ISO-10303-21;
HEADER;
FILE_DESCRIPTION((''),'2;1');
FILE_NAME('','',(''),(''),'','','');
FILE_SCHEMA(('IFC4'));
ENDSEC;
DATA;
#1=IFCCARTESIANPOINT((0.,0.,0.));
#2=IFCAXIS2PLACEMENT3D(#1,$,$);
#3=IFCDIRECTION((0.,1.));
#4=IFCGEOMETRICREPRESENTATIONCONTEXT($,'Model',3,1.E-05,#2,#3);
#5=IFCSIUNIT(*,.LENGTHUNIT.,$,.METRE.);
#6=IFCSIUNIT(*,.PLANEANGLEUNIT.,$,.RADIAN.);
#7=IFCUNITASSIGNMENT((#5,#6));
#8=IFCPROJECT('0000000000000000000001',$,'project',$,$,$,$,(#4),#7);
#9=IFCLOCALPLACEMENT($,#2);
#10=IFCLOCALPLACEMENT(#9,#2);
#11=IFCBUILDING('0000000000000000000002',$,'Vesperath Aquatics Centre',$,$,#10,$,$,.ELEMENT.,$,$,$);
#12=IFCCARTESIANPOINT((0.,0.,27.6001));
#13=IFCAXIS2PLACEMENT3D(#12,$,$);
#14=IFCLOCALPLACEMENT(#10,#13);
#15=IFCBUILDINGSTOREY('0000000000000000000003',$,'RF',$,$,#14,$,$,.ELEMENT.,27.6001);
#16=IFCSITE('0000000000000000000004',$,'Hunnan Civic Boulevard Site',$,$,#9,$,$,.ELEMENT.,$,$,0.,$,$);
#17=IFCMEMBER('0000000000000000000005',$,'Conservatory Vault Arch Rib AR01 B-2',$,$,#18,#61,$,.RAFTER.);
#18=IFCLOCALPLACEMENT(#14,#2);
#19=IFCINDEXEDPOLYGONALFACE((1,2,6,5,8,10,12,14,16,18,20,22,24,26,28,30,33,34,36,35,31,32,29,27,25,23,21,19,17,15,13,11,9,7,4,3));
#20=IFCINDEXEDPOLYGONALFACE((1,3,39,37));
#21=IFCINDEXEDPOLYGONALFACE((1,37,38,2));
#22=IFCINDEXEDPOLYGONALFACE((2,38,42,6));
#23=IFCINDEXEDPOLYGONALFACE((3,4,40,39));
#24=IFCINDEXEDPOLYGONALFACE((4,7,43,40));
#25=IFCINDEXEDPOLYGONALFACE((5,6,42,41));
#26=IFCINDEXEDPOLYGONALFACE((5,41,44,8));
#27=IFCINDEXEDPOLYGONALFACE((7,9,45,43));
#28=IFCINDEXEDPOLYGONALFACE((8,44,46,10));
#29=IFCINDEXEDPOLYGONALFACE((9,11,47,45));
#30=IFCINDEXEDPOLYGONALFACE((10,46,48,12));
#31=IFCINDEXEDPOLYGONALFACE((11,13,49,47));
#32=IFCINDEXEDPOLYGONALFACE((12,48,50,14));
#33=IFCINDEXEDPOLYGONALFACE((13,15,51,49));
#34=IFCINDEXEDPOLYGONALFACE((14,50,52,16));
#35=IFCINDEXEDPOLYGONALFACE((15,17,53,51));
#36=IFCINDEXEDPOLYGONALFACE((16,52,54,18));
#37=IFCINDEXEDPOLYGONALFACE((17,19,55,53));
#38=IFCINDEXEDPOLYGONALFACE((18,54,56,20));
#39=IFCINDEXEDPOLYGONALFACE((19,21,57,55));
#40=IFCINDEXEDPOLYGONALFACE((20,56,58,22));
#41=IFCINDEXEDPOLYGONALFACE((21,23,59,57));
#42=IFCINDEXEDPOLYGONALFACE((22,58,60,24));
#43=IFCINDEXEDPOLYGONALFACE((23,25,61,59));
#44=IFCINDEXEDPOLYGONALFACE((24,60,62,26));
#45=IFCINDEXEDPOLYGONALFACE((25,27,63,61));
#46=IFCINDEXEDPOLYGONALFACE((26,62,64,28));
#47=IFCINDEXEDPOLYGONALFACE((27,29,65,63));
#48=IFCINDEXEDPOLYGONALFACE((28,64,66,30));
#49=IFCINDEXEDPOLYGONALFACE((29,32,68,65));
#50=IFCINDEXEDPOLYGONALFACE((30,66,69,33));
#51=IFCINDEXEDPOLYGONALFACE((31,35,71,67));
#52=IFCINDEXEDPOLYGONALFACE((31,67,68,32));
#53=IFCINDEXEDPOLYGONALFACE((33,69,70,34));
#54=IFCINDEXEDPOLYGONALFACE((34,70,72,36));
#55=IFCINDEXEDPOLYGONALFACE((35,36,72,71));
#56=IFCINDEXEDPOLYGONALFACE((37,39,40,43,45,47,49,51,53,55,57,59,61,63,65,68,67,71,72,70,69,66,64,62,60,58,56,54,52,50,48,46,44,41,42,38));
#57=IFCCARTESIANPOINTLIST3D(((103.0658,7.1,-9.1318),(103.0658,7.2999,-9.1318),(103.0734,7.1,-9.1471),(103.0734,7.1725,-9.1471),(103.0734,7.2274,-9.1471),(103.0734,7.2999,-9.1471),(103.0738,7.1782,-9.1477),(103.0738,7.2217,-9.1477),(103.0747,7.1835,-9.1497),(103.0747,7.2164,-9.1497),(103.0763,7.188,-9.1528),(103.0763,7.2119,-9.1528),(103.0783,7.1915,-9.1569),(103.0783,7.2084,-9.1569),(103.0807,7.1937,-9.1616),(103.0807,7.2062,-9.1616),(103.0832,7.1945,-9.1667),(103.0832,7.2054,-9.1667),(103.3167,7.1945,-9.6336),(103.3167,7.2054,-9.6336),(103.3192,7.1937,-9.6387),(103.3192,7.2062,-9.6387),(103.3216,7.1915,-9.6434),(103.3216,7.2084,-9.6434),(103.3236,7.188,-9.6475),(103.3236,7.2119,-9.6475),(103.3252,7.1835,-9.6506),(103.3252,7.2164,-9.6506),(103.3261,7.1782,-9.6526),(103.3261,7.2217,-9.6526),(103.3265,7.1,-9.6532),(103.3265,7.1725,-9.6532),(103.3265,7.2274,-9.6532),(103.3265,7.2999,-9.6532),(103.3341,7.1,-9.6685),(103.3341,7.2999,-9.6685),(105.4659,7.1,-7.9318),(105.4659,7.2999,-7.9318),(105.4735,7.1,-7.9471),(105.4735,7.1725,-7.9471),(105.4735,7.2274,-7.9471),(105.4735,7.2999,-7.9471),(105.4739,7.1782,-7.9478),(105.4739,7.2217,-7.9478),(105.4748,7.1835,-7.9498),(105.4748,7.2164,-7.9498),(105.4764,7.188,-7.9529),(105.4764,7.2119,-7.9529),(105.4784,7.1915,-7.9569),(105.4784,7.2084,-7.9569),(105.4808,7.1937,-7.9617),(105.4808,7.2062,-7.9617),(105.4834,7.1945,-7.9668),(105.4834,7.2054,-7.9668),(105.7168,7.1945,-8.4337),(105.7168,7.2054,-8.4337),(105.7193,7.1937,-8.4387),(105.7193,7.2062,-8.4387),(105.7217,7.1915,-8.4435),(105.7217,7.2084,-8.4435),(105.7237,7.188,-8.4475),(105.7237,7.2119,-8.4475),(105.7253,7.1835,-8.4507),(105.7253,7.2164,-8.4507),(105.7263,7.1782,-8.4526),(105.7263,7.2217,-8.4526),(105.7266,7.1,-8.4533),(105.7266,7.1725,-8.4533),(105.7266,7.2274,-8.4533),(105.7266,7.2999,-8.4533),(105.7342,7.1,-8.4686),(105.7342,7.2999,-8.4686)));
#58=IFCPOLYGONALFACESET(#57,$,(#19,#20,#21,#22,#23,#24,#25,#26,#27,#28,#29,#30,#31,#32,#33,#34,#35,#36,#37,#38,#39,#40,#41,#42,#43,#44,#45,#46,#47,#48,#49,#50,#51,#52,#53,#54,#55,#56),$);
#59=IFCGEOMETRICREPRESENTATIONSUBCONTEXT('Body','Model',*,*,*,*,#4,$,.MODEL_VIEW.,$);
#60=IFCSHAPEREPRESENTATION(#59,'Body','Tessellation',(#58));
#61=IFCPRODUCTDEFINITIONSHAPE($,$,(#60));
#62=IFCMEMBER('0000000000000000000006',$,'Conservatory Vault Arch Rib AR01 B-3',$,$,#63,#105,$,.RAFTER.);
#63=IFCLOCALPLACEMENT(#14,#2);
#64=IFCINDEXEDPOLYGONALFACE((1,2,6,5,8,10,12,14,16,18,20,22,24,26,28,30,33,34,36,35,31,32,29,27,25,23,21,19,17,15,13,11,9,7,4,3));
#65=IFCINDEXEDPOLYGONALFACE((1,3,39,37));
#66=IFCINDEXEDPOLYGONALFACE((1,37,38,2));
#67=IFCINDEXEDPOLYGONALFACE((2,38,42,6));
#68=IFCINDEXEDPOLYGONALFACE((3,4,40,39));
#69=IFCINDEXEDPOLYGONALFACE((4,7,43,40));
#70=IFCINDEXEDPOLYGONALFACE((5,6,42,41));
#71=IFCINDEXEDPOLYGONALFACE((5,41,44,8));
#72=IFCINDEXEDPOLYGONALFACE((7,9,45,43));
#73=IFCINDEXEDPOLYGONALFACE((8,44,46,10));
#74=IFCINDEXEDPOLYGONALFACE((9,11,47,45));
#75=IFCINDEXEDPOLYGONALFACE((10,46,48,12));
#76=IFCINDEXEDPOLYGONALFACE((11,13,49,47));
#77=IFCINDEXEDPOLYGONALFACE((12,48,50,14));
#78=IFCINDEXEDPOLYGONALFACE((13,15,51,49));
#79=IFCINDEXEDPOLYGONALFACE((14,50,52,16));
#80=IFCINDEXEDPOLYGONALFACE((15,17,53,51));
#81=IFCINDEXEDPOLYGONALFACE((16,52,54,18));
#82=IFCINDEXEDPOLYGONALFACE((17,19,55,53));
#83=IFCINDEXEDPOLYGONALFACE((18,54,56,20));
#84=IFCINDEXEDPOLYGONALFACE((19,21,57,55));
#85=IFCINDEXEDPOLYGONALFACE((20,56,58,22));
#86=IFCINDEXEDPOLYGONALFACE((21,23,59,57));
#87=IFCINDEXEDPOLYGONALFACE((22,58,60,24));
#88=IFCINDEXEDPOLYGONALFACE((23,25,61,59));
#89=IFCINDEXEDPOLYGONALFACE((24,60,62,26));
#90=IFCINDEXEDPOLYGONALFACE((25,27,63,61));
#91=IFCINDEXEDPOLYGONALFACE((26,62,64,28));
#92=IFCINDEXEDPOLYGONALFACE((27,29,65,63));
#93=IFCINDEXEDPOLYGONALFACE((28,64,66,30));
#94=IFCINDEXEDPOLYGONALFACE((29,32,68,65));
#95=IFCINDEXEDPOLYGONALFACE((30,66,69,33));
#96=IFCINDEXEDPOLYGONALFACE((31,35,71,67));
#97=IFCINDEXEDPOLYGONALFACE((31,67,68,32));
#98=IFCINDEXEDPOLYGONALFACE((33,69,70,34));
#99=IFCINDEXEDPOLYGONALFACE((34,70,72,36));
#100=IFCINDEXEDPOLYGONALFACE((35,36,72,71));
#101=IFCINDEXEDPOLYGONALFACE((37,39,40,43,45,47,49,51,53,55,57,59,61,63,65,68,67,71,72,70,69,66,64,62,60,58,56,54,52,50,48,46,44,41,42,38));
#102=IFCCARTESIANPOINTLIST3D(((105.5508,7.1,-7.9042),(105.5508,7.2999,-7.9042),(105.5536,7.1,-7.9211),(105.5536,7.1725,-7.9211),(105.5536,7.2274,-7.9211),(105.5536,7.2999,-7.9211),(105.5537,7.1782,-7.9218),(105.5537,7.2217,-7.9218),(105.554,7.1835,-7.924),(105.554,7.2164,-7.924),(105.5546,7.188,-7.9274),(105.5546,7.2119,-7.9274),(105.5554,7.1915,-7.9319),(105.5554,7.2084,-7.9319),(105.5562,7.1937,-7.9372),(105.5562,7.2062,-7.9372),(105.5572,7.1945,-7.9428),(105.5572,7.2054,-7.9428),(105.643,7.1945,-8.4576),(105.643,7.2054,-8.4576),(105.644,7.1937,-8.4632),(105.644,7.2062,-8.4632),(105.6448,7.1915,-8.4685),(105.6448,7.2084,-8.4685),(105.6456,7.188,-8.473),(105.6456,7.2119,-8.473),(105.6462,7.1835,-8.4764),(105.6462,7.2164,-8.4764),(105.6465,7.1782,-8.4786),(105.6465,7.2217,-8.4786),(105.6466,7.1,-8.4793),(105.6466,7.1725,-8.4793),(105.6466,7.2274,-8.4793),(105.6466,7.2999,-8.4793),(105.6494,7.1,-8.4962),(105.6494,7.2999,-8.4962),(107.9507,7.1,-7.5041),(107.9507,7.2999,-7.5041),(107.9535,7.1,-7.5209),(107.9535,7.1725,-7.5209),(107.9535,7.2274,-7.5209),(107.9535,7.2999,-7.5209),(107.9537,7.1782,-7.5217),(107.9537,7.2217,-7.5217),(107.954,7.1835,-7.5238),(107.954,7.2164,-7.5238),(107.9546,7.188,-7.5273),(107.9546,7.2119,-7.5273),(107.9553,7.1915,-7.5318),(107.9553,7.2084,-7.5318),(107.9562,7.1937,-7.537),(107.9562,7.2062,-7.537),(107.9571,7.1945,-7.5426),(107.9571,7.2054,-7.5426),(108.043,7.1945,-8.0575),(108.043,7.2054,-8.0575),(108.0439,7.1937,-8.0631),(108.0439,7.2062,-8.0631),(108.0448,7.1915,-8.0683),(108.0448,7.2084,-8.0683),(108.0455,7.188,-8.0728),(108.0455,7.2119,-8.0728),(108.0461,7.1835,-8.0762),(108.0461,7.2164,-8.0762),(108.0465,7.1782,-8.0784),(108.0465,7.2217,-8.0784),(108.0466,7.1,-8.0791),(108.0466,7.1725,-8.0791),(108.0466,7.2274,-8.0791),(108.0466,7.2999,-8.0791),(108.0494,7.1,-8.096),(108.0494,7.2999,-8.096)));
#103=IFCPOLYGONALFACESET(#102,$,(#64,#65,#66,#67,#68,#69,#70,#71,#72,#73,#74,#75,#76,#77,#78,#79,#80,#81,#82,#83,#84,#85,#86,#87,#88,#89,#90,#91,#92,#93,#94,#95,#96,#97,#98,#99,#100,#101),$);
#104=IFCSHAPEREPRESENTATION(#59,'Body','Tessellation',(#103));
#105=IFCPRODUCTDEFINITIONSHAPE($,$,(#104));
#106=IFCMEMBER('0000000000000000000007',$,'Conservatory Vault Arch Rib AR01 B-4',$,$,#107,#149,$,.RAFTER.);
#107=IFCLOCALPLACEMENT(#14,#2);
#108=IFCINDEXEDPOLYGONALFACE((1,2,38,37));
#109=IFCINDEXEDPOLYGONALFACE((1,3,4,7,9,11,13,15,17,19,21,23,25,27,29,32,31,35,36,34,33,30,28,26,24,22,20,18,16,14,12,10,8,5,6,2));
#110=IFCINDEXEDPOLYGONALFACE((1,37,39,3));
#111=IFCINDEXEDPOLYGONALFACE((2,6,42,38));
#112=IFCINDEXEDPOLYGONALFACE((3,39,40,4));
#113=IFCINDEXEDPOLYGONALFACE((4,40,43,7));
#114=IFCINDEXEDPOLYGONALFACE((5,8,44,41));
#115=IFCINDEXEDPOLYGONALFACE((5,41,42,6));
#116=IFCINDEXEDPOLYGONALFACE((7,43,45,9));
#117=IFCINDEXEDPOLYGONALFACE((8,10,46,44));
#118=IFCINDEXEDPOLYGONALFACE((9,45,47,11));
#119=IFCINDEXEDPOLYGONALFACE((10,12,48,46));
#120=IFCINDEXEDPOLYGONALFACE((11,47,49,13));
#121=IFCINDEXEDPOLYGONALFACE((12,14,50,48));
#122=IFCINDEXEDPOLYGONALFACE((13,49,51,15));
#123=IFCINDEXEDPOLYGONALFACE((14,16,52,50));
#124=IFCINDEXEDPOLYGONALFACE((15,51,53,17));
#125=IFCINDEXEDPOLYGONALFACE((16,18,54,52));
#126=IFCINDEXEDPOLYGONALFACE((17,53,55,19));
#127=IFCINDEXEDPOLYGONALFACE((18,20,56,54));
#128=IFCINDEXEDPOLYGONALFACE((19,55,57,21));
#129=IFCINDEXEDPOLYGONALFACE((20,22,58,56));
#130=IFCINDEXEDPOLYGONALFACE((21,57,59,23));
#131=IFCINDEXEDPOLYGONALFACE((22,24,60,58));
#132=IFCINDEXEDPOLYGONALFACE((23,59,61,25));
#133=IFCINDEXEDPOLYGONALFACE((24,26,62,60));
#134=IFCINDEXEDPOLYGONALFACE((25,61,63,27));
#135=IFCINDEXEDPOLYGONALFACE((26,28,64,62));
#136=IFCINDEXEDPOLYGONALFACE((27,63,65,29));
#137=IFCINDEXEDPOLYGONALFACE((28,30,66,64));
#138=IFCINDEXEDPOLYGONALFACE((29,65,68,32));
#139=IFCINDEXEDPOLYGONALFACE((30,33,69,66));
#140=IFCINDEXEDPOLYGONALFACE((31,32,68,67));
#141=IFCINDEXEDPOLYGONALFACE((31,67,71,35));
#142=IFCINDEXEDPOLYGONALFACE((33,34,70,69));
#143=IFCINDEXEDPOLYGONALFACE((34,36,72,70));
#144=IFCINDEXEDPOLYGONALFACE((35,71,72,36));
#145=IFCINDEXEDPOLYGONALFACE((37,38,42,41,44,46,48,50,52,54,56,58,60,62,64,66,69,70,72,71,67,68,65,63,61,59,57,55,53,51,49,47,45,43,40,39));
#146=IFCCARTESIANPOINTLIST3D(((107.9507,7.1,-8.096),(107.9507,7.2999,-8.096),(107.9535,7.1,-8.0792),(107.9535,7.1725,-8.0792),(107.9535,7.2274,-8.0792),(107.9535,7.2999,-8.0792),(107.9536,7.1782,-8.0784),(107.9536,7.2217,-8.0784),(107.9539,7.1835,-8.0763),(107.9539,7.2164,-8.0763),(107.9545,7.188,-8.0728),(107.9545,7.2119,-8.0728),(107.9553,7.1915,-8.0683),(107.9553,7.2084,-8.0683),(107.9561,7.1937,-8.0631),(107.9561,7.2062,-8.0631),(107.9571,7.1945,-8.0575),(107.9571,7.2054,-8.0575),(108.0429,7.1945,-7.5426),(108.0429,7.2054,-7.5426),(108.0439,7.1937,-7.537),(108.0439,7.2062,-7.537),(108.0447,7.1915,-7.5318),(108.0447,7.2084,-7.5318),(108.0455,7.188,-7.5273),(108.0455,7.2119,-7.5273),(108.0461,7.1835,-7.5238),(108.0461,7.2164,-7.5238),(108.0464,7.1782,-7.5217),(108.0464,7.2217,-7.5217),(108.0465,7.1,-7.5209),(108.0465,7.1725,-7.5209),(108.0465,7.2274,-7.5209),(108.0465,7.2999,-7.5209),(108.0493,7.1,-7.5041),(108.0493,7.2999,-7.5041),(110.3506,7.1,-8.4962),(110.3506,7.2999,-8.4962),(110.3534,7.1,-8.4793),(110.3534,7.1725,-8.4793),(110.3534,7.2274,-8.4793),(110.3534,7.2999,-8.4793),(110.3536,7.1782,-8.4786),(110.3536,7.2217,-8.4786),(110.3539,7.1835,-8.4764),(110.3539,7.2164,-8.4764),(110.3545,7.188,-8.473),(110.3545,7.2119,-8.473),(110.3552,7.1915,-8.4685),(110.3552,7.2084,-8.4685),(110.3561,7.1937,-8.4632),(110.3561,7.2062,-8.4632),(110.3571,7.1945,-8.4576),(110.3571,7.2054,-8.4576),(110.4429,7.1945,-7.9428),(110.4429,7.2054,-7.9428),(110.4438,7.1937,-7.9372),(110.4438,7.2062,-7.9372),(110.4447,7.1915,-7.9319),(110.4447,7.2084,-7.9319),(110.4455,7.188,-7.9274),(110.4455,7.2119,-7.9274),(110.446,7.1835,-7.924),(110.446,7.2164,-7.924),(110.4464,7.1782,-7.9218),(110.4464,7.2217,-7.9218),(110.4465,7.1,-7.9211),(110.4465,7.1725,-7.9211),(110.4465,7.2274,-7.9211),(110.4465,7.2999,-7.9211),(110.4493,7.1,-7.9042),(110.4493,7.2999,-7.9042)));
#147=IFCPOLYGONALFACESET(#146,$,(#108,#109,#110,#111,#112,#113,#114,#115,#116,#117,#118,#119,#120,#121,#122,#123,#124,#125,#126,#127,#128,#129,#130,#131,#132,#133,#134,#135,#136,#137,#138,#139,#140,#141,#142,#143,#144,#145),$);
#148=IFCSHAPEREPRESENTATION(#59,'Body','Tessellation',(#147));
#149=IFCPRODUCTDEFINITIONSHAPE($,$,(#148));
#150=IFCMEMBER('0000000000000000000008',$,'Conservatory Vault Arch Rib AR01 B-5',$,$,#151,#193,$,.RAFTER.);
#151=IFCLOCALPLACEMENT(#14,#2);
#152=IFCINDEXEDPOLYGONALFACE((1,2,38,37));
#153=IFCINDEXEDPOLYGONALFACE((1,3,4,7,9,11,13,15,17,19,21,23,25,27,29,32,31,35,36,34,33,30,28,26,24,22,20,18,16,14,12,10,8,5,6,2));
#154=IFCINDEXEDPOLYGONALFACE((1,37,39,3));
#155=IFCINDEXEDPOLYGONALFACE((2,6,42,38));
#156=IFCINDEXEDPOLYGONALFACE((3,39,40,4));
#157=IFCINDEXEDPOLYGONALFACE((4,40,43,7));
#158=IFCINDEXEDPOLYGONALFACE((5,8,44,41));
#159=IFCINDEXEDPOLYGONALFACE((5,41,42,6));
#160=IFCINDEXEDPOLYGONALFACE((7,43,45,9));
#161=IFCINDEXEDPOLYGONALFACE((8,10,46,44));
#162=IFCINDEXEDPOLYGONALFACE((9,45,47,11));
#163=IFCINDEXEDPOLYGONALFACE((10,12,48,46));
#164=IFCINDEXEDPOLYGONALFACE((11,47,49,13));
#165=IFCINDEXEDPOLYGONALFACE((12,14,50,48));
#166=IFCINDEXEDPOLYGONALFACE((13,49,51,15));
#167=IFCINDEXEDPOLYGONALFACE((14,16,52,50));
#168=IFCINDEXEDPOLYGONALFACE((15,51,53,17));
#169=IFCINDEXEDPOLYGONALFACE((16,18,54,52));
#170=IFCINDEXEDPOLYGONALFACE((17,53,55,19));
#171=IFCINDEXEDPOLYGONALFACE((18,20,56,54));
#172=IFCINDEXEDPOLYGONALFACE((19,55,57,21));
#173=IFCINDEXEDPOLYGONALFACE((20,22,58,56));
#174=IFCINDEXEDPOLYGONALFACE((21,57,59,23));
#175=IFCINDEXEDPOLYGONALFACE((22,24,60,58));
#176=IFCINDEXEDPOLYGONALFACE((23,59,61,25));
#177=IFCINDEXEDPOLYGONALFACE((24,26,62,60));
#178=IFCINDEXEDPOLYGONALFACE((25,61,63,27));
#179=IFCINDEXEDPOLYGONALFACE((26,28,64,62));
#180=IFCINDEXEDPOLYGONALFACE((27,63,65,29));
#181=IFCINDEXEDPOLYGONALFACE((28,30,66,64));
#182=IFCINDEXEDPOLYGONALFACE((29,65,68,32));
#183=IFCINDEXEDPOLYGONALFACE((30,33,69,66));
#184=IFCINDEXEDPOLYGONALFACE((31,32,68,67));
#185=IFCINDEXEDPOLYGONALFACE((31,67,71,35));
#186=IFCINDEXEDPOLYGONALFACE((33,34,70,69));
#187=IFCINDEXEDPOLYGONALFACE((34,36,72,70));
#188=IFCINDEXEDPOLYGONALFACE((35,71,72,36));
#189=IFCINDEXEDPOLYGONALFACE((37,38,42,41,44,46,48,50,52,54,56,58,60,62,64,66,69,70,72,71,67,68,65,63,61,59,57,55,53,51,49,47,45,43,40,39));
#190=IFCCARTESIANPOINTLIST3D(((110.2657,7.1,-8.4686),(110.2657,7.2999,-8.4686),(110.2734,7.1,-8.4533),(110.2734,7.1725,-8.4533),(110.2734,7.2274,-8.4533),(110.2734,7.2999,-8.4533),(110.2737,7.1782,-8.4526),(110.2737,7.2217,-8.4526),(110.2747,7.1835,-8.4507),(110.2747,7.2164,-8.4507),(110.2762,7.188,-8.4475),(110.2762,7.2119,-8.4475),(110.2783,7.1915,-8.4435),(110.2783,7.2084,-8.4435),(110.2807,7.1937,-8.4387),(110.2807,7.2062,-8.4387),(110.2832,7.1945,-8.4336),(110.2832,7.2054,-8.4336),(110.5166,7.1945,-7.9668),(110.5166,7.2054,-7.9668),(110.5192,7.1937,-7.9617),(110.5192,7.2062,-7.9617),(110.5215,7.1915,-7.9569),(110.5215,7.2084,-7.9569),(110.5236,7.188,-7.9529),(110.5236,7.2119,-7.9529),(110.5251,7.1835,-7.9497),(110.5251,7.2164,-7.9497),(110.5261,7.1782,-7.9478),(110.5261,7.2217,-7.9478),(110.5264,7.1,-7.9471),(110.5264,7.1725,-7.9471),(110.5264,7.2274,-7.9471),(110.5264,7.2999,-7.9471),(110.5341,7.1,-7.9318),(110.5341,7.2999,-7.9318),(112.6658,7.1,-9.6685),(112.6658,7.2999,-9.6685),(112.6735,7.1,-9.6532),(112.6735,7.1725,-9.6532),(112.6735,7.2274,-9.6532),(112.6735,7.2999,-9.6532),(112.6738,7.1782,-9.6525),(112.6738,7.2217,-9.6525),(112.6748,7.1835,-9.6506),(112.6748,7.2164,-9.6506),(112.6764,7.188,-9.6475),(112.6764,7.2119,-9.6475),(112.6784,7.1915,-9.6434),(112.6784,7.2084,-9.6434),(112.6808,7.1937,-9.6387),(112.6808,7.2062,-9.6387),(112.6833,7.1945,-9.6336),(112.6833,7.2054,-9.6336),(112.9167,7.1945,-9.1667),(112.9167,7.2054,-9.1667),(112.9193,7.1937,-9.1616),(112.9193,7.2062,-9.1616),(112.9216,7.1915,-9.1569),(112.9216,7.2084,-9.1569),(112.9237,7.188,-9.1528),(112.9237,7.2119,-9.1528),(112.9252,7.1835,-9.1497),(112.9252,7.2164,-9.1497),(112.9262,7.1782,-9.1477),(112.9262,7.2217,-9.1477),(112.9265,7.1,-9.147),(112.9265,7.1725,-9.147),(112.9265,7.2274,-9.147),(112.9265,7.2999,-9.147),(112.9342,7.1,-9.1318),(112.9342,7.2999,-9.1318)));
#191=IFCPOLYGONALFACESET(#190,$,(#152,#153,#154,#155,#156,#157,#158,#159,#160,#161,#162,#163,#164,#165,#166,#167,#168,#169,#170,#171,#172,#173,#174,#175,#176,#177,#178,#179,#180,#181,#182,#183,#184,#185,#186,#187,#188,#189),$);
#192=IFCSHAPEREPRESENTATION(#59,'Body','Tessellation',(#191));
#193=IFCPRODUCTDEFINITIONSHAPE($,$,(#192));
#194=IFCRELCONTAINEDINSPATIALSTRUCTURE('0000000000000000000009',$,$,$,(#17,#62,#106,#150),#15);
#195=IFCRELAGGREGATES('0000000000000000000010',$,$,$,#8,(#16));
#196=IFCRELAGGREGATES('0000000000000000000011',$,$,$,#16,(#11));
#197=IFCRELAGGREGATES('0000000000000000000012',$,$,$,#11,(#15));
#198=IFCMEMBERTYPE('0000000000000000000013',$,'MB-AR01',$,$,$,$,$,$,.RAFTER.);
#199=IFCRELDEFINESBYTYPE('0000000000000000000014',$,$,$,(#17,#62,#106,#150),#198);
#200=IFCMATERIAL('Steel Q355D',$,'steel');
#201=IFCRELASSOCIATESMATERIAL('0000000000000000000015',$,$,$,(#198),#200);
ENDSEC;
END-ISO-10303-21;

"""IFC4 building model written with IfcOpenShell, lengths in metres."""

from ifc_helpers import new_model, si_unit, direction, frame, origin, origin_2d, place, context, subcontext, project, spatial, i_section, extrude, material, material_profile, profile_set, type_object, element, save


model = new_model("IFC4")

# Units and contexts
model_context = context("Model", 3, precision=1e-05, world=origin(), true_north=direction((0.0, 1.0)))
body_context = subcontext(model_context, "Body", "Model", "MODEL_VIEW")
ifc_project = project(units=[si_unit("LENGTHUNIT", "METRE"), si_unit("PLANEANGLEUNIT", "RADIAN")], contexts=[model_context])

# Site, building, storey
site_placement = place(None, origin())
site = spatial("IfcSite", under=ifc_project, at=site_placement, Name="Hunnan Civic Boulevard Site", CompositionType="ELEMENT", RefElevation=0.0)
building_placement = place(site_placement, origin())
building = spatial("IfcBuilding", under=site, at=building_placement, Name="Vesperath Aquatics Centre", CompositionType="ELEMENT")
storey_placement = place(building_placement, frame((0.0, 0.0, 27.6001)))
storey = spatial("IfcBuildingStorey", under=building, at=storey_placement, Name="RF", CompositionType="ELEMENT", Elevation=27.6001)

# Members
ifc_material_1 = material(Name="Steel Q355D", Category="steel")
ifc_material_profile_1 = material_profile(ifc_material_1, i_section(OverallWidth=0.2, OverallDepth=0.6001, WebThickness=0.011, FlangeThickness=0.0171, FilletRadius=0.022, at=origin_2d()), Name="HN 600x200x11x17")
ifc_profile_set_1 = profile_set([ifc_material_profile_1], Name="Steel Q355D")
member_type_1 = type_object("IfcMemberType", Name="MB-AR01", PredefinedType="RAFTER", material=ifc_profile_set_1)
member_1_placement = place(storey_placement, frame((103.2, 7.2, -9.4001), z_axis=(0.894445, 0.0, 0.447177), x_axis=(0.0, 1.0, 0.0)))
element("IfcMember", 1, at=member_1_placement, inside=storey, type_object=member_type_1, Name="Conservatory Vault Arch Rib AR01 B-2", PredefinedType="RAFTER", context=body_context, shape_type="SweptSolid", body=[
    extrude(i_section(OverallWidth=0.2, OverallDepth=0.6001, WebThickness=0.011, FlangeThickness=0.0171, FilletRadius=0.022, at=origin_2d()), origin(), (0.0, 0.0, 1.0), 2.6833),
])
for number, where, z_axis, x_axis, name in (
    (2, (105.6001, 7.2, -8.2002), (0.986383, 0.0, 0.164464), (0.0, 1.0, 0.0), "Conservatory Vault Arch Rib AR01 B-3"),
    (3, (108.0, 7.2, -7.8), (0.986383, 0.0, -0.164464), (0.0, 1.0, 0.0), "Conservatory Vault Arch Rib AR01 B-4"),
):
    element("IfcMember", number, at=place(storey_placement, frame(where, z_axis=z_axis, x_axis=x_axis)), inside=storey, type_object=member_type_1, Name=name, PredefinedType="RAFTER", context=body_context, shape_type="SweptSolid", body=[
        extrude(i_section(OverallWidth=0.2, OverallDepth=0.6001, WebThickness=0.011, FlangeThickness=0.0171, FilletRadius=0.022, at=origin_2d()), origin(), (0.0, 0.0, 1.0), 2.4331),
    ])
for number, where, z_axis, x_axis, name in (
    (4, (110.3999, 7.2, -8.2002), (0.894445, 0.0, -0.447177), (0.0, 1.0, 0.0), "Conservatory Vault Arch Rib AR01 B-5"),
):
    element("IfcMember", number, at=place(storey_placement, frame(where, z_axis=z_axis, x_axis=x_axis)), inside=storey, type_object=member_type_1, Name=name, PredefinedType="RAFTER", context=body_context, shape_type="SweptSolid", body=[
        extrude(i_section(OverallWidth=0.2, OverallDepth=0.6001, WebThickness=0.011, FlangeThickness=0.0171, FilletRadius=0.022, at=origin_2d()), origin(), (0.0, 0.0, 1.0), 2.6833),
    ])

save(model, "model.ifc")
